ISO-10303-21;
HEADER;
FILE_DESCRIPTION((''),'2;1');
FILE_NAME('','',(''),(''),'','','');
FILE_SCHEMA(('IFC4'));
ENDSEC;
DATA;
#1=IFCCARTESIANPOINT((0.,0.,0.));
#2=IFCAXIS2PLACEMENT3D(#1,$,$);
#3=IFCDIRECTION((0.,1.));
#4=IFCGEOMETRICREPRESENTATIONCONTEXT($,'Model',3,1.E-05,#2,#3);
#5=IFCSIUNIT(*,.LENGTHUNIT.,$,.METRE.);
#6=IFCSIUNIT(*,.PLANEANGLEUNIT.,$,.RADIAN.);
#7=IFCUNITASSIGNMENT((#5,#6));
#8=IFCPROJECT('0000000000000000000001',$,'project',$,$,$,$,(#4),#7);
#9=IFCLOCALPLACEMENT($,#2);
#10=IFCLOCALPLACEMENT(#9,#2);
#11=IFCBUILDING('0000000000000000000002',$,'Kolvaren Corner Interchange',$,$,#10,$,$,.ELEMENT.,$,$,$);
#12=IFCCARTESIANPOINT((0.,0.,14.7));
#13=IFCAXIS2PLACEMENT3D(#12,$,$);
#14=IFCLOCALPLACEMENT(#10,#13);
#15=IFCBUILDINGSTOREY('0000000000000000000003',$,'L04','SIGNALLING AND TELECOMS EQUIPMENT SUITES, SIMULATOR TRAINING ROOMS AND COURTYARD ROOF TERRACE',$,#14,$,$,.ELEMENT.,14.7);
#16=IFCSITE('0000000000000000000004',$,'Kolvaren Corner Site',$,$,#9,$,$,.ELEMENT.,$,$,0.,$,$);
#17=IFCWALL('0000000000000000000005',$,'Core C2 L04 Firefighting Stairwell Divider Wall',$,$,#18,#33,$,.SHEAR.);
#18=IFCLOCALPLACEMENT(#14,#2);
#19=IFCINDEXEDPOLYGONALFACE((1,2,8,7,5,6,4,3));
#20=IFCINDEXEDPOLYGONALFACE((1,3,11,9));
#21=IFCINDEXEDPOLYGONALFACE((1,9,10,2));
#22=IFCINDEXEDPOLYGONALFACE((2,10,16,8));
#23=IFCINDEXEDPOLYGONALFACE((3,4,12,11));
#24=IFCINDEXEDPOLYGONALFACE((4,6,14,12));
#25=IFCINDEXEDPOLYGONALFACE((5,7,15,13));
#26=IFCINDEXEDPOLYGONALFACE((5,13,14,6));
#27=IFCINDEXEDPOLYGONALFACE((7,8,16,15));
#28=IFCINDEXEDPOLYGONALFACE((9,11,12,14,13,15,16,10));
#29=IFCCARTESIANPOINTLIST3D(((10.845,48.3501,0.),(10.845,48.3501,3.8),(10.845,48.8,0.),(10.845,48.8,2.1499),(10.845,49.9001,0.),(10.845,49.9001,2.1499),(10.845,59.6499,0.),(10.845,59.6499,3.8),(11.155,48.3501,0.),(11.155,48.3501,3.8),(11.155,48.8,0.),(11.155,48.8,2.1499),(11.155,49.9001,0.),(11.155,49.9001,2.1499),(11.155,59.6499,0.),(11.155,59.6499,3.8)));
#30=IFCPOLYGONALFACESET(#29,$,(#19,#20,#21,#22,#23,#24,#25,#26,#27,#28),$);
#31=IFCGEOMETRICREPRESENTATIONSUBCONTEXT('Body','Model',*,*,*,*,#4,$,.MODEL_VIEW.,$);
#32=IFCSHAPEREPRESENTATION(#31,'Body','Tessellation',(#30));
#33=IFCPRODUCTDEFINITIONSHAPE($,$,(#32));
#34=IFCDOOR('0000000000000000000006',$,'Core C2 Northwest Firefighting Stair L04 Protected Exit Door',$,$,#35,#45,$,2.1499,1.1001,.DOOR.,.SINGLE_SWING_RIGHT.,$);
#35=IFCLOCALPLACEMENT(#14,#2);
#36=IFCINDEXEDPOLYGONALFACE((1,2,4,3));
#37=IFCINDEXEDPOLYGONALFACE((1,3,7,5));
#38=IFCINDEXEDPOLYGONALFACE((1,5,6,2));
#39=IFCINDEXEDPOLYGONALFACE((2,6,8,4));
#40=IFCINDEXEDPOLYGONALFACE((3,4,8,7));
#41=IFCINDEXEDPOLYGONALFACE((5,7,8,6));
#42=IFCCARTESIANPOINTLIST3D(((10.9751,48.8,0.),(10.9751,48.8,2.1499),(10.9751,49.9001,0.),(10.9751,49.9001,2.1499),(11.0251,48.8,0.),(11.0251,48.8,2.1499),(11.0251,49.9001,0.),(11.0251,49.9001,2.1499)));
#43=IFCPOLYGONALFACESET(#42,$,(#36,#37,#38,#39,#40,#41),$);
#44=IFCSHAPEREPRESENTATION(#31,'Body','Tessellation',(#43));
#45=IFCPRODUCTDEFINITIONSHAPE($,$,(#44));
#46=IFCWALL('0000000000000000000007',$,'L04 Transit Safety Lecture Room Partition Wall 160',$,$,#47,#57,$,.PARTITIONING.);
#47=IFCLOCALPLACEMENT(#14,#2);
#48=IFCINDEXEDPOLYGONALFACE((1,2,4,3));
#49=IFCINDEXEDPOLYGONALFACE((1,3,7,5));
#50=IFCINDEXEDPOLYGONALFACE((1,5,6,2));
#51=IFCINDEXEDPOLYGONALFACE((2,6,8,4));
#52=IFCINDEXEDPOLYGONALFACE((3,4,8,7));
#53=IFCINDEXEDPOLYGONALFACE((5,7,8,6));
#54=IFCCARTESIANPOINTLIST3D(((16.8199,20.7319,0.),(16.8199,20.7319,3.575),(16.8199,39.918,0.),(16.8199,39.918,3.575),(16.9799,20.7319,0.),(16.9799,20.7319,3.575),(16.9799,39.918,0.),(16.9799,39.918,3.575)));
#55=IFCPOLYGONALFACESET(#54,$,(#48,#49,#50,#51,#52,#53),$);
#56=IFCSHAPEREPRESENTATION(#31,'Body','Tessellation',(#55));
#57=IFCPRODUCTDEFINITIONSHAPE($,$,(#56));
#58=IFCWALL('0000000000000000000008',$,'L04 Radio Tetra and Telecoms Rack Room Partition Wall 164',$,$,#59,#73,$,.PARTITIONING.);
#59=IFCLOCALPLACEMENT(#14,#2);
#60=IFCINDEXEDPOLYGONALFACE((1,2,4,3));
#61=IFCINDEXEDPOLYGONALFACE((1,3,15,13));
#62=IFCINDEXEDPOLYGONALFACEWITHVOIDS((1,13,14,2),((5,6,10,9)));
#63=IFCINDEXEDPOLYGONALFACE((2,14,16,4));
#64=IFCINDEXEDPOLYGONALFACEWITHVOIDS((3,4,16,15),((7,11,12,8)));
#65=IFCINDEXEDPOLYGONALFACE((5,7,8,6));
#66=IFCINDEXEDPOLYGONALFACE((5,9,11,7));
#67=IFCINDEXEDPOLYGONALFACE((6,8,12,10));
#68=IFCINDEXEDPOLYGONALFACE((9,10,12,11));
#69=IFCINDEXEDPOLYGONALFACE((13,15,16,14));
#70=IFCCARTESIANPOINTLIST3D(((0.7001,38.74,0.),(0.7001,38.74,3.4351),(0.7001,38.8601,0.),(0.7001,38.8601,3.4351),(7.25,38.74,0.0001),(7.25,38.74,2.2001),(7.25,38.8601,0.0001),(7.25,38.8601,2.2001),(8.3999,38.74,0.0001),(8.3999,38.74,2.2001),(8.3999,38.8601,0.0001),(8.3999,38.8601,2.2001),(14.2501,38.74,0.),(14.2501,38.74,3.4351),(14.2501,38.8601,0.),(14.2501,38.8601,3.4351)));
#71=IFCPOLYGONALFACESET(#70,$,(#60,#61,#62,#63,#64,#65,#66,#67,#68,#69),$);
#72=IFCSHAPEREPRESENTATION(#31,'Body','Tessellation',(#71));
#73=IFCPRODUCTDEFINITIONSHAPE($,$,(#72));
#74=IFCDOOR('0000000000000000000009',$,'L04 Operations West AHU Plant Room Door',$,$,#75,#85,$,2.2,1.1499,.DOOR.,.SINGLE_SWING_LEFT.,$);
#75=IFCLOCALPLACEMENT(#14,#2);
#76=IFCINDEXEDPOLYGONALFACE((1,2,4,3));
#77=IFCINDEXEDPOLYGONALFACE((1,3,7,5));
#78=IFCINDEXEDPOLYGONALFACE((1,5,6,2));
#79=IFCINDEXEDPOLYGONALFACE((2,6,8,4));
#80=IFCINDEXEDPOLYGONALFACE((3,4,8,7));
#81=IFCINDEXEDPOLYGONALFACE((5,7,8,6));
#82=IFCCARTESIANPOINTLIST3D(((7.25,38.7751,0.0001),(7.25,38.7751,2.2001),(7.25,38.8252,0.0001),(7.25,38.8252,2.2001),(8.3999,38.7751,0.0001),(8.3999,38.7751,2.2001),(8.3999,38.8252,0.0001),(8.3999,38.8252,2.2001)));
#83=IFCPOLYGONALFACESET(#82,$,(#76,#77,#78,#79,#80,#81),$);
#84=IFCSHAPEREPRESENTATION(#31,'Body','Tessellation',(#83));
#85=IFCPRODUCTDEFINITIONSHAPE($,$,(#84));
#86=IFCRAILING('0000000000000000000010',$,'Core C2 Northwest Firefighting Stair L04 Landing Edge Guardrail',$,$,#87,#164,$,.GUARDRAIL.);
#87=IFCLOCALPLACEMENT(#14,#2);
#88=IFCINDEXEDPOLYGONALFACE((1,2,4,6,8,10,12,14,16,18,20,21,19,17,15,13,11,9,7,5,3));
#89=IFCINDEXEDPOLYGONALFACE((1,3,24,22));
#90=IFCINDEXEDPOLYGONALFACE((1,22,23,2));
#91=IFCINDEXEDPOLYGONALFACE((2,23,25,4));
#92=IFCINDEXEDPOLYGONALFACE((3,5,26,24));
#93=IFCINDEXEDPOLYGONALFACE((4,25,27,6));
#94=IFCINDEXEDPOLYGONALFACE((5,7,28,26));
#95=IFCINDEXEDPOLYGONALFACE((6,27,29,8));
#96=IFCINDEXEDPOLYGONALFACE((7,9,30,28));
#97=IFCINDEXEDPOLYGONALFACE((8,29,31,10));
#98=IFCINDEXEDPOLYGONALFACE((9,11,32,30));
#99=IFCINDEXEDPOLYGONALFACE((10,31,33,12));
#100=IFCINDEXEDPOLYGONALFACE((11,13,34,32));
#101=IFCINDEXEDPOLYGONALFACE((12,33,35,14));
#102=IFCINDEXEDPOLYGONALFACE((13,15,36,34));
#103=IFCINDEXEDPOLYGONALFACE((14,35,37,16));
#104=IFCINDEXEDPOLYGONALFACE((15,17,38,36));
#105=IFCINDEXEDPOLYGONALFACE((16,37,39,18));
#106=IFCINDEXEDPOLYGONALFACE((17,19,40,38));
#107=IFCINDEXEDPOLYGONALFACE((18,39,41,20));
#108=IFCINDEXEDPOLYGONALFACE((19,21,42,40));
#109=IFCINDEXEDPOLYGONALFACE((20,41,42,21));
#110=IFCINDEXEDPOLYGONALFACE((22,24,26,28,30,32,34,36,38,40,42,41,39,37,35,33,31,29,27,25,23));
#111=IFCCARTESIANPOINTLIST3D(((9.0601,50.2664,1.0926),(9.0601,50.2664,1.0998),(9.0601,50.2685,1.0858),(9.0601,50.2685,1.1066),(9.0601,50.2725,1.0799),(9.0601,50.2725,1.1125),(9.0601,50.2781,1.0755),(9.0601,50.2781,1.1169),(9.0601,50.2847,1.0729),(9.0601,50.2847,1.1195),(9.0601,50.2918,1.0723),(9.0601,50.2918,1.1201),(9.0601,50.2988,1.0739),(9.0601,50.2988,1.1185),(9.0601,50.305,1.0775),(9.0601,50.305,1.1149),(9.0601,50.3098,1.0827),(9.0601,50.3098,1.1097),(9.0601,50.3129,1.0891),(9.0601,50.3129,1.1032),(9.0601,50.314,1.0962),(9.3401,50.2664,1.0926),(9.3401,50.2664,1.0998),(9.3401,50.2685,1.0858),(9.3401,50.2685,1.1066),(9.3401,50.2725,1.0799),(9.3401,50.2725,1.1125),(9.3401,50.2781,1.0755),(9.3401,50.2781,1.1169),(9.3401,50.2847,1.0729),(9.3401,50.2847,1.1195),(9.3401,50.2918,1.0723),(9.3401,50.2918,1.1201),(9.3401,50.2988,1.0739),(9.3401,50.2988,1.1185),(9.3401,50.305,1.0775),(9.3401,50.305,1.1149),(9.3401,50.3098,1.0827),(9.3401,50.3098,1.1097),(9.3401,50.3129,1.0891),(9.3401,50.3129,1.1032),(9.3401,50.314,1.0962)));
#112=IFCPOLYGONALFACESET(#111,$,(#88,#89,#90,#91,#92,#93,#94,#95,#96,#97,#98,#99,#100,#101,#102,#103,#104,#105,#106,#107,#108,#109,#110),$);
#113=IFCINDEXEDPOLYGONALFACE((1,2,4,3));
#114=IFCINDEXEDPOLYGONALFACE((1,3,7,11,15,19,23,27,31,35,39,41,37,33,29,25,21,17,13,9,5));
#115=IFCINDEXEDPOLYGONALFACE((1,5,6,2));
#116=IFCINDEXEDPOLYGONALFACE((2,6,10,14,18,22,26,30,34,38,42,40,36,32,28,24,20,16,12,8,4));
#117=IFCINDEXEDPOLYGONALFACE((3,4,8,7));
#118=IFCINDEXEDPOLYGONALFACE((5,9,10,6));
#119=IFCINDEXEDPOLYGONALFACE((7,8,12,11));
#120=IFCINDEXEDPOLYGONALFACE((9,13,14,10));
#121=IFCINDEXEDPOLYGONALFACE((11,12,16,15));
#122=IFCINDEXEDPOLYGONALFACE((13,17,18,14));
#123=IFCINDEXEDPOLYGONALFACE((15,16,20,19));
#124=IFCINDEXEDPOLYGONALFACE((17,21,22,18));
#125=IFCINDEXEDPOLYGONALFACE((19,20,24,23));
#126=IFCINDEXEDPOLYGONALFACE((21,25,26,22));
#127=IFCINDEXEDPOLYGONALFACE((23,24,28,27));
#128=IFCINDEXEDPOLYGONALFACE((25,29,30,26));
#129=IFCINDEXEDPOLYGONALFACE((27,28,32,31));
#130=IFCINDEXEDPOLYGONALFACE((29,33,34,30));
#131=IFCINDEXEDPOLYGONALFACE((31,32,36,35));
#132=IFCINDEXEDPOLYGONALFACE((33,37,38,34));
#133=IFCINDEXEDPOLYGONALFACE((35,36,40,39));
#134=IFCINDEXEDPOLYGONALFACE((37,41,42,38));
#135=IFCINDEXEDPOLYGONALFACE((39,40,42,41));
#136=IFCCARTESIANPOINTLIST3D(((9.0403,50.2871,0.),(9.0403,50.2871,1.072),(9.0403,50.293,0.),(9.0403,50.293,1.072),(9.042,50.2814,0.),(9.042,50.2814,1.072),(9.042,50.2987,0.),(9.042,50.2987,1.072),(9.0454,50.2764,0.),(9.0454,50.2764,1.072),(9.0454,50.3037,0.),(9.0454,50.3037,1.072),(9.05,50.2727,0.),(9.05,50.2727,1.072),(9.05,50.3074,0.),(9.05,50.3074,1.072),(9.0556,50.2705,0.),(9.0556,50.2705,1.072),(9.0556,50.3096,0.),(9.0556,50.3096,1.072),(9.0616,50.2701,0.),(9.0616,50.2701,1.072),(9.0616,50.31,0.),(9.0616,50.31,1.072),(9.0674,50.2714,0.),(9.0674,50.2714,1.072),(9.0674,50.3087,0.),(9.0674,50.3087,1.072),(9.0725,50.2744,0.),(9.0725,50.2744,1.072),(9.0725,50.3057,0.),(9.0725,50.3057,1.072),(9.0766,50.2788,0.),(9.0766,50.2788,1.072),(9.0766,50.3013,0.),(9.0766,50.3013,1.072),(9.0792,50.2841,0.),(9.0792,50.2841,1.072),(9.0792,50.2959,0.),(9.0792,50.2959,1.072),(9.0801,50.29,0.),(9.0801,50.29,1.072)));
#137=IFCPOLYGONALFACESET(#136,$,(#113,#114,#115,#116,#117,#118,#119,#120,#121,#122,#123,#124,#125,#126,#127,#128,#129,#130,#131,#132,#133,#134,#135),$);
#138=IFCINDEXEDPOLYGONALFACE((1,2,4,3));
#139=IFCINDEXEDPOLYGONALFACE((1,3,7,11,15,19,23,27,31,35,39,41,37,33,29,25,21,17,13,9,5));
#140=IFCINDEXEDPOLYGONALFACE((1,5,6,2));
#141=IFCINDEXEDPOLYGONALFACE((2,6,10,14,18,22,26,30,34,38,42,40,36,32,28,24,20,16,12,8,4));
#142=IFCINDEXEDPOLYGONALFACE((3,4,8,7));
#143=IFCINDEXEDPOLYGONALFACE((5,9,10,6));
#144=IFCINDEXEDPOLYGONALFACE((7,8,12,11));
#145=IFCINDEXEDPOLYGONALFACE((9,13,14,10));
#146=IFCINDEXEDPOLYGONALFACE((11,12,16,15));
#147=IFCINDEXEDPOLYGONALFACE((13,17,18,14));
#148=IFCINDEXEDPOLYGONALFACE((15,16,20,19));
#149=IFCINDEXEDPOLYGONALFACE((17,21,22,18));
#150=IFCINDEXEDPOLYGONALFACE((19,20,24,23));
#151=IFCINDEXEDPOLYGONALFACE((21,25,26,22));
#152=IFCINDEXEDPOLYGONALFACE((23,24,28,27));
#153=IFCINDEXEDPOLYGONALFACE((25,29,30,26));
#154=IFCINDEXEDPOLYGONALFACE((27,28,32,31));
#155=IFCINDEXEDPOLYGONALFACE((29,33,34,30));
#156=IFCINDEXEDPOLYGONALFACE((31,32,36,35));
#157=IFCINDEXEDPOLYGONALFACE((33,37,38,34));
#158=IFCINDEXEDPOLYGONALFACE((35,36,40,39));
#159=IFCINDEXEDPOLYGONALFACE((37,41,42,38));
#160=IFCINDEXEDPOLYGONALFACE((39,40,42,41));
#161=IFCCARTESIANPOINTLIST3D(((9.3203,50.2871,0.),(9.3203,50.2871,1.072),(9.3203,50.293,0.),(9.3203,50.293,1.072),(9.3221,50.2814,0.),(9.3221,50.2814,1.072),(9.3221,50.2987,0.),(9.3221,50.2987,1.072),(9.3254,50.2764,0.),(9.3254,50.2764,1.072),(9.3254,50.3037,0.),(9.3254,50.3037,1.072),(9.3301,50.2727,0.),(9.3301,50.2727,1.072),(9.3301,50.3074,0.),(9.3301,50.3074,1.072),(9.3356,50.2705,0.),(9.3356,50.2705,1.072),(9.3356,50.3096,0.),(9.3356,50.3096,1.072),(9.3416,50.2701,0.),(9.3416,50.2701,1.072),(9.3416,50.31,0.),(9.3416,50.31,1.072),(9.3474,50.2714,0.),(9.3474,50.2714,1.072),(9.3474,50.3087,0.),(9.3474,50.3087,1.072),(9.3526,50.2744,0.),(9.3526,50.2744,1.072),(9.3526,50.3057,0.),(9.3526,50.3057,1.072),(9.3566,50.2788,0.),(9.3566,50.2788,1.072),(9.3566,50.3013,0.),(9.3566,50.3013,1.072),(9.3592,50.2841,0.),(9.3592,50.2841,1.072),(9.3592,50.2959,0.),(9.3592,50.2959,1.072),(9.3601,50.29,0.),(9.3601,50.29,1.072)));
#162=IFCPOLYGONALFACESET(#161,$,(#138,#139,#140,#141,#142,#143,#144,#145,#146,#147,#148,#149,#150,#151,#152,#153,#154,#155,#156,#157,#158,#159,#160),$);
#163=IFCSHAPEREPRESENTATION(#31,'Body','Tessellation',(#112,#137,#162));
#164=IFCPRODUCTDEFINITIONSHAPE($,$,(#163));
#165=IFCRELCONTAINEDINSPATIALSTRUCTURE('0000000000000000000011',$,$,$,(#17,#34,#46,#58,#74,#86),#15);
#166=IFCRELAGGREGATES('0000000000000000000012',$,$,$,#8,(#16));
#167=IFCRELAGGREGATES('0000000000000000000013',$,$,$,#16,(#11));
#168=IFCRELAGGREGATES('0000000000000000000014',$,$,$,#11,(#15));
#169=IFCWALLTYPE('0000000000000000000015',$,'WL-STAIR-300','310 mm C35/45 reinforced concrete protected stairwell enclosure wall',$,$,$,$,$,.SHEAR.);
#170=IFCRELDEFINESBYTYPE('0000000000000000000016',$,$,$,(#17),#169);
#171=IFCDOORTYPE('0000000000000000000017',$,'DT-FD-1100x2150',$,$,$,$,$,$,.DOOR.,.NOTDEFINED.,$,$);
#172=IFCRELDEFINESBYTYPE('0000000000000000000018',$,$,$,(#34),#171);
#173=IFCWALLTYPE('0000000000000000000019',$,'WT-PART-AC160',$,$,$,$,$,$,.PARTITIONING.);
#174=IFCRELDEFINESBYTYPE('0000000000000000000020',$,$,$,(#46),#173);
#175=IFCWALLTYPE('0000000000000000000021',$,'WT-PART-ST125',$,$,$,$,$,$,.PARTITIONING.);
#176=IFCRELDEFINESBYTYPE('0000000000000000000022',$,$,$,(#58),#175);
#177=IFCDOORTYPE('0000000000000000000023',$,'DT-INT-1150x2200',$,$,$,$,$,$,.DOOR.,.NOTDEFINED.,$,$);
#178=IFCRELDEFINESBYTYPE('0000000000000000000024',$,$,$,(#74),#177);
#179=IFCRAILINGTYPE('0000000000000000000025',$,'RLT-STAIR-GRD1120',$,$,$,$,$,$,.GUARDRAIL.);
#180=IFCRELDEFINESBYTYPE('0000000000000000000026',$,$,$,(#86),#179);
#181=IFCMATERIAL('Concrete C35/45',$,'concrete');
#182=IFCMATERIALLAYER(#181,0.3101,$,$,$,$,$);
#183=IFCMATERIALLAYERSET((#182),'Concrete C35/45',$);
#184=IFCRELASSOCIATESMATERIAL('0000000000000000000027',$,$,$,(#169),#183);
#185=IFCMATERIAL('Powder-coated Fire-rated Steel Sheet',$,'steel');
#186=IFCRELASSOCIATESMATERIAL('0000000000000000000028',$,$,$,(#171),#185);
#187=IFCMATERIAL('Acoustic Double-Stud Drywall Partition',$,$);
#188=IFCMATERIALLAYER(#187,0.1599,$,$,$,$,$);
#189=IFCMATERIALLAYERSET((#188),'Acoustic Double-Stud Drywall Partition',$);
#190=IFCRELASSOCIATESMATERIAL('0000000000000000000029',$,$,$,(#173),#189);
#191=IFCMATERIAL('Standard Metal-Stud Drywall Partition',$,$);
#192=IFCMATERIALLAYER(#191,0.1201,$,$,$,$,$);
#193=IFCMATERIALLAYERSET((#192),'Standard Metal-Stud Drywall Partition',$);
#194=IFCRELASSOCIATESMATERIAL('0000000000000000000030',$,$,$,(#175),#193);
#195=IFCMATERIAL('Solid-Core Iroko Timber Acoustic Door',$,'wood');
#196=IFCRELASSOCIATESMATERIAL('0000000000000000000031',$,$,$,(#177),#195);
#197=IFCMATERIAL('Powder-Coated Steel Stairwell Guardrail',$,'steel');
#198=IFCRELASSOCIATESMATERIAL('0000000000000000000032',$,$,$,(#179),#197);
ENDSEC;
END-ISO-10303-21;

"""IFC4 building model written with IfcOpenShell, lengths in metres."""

from ifc_helpers import new_model, si_unit, direction, frame, frame_2d, origin, origin_2d, place, context, subcontext, project, spatial, rectangle, circle, extrude, material, layer, layer_set, type_object, element, fill, save


model = new_model("IFC4")

# Units and contexts
model_context = context("Model", 3, precision=1e-05, world=origin(), true_north=direction((0.0, 1.0)))
body_context = subcontext(model_context, "Body", "Model", "MODEL_VIEW")
ifc_project = project(units=[si_unit("LENGTHUNIT", "METRE"), si_unit("PLANEANGLEUNIT", "RADIAN")], contexts=[model_context])

# Site, building, storey
site_placement = place(None, origin())
site = spatial("IfcSite", under=ifc_project, at=site_placement, Name="Kolvaren Corner Site", CompositionType="ELEMENT", RefElevation=0.0)
building_placement = place(site_placement, origin())
building = spatial("IfcBuilding", under=site, at=building_placement, Name="Kolvaren Corner Interchange", CompositionType="ELEMENT")
storey_placement = place(building_placement, frame((0.0, 0.0, 14.7)))
storey = spatial("IfcBuildingStorey", under=building, at=storey_placement, Name="L04", Description="SIGNALLING AND TELECOMS EQUIPMENT SUITES, SIMULATOR TRAINING ROOMS AND COURTYARD ROOF TERRACE", CompositionType="ELEMENT", Elevation=14.7)

# Wall, opening, door
ifc_material_1 = material(Name="Concrete C35/45", Category="concrete")
ifc_layer_1 = layer(ifc_material_1, 0.3101)
ifc_layer_set_1 = layer_set([ifc_layer_1], Name="Concrete C35/45")
wall_type_1 = type_object("IfcWallType", Name="WL-STAIR-300", Description="310 mm C35/45 reinforced concrete protected stairwell enclosure wall", PredefinedType="SHEAR", material=ifc_layer_set_1)
wall_1_placement = place(storey_placement, frame((11.0, 48.3501, 0.0), z_axis=(0.0, 0.0, 1.0), x_axis=(0.0, 1.0, 0.0)))
wall_1 = element("IfcWall", 1, at=wall_1_placement, inside=storey, type_object=wall_type_1, Name="Core C2 L04 Firefighting Stairwell Divider Wall", PredefinedType="SHEAR", context=body_context, shape_type="SweptSolid", body=[
    extrude(rectangle(XDim=11.2998, YDim=0.3101, at=frame_2d((5.6499, 0.0))), origin(), (0.0, 0.0, 1.0), 3.8),
])
opening_1_placement = place(wall_1_placement, frame((0.45, 0.0, 0.0)))
opening_1 = element("IfcOpeningElement", 2, at=opening_1_placement, cuts=wall_1, PredefinedType="OPENING", context=body_context, shape_type="SweptSolid", body=[
    extrude(rectangle(XDim=1.1001, YDim=2.1499, at=frame_2d((0.55, 1.075))), frame((0.0, 0.165, 0.0), z_axis=(0.0, -1.0, 0.0), x_axis=(1.0, 0.0, 0.0)), (0.0, 0.0, 1.0), 0.3301),
])
ifc_material_2 = material(Name="Powder-coated Fire-rated Steel Sheet", Category="steel")
door_type_1 = type_object("IfcDoorType", Name="DT-FD-1100x2150", OperationType="NOTDEFINED", PredefinedType="DOOR", material=ifc_material_2)
door_1_placement = place(opening_1_placement, origin())
door_1 = element("IfcDoor", 3, at=door_1_placement, inside=storey, type_object=door_type_1, Name="Core C2 Northwest Firefighting Stair L04 Protected Exit Door", OperationType="SINGLE_SWING_RIGHT", OverallHeight=2.1499, OverallWidth=1.1001, PredefinedType="DOOR", context=body_context, shape_type="SweptSolid", body=[
    extrude(rectangle(XDim=1.1001, YDim=2.1499, at=frame_2d((0.55, 1.075))), frame((0.0, 0.0249, 0.0), z_axis=(0.0, -1.0, 0.0), x_axis=(1.0, 0.0, 0.0)), (0.0, 0.0, 1.0), 0.05),
])
fill(opening_1, door_1)

# Wall
ifc_material_3 = material(Name="Acoustic Double-Stud Drywall Partition")
ifc_layer_2 = layer(ifc_material_3, 0.1599)
ifc_layer_set_2 = layer_set([ifc_layer_2], Name="Acoustic Double-Stud Drywall Partition")
wall_type_2 = type_object("IfcWallType", Name="WT-PART-AC160", PredefinedType="PARTITIONING", material=ifc_layer_set_2)
wall_2_placement = place(storey_placement, frame((16.8999, 39.918, 0.0), z_axis=(0.0, 0.0, 1.0), x_axis=(0.0, -1.0, 0.0)))
element("IfcWall", 4, at=wall_2_placement, inside=storey, type_object=wall_type_2, Name="L04 Transit Safety Lecture Room Partition Wall 160", PredefinedType="PARTITIONING", context=body_context, shape_type="SweptSolid", body=[
    extrude(rectangle(XDim=19.186, YDim=0.1599, at=frame_2d((9.593, 0.0))), origin(), (0.0, 0.0, 1.0), 3.575),
])

# Wall, opening, door
ifc_material_4 = material(Name="Standard Metal-Stud Drywall Partition")
ifc_layer_3 = layer(ifc_material_4, 0.1201)
ifc_layer_set_3 = layer_set([ifc_layer_3], Name="Standard Metal-Stud Drywall Partition")
wall_type_3 = type_object("IfcWallType", Name="WT-PART-ST125", PredefinedType="PARTITIONING", material=ifc_layer_set_3)
wall_3_placement = place(storey_placement, frame((14.25, 38.8, 0.0), z_axis=(0.0, 0.0, 1.0), x_axis=(-1.0, 0.0, 0.0)))
wall_3 = element("IfcWall", 5, at=wall_3_placement, inside=storey, type_object=wall_type_3, Name="L04 Radio Tetra and Telecoms Rack Room Partition Wall 164", PredefinedType="PARTITIONING", context=body_context, shape_type="SweptSolid", body=[
    extrude(rectangle(XDim=13.55, YDim=0.1201, at=frame_2d((6.7749, 0.0))), origin(), (0.0, 0.0, 1.0), 3.4351),
])
opening_2_placement = place(wall_3_placement, frame((5.8501, 0.0, 0.0)))
opening_2 = element("IfcOpeningElement", 6, at=opening_2_placement, cuts=wall_3, PredefinedType="OPENING", context=body_context, shape_type="SweptSolid", body=[
    extrude(rectangle(XDim=1.1499, YDim=2.2, at=frame_2d((0.575, 1.1001))), frame((0.0, 0.0701, 0.0), z_axis=(0.0, -1.0, 0.0), x_axis=(1.0, 0.0, 0.0)), (0.0, 0.0, 1.0), 0.1401),
])
ifc_material_5 = material(Name="Solid-Core Iroko Timber Acoustic Door", Category="wood")
door_type_2 = type_object("IfcDoorType", Name="DT-INT-1150x2200", OperationType="NOTDEFINED", PredefinedType="DOOR", material=ifc_material_5)
door_2_placement = place(opening_2_placement, origin())
door_2 = element("IfcDoor", 7, at=door_2_placement, inside=storey, type_object=door_type_2, Name="L04 Operations West AHU Plant Room Door", OperationType="SINGLE_SWING_LEFT", OverallHeight=2.2, OverallWidth=1.1499, PredefinedType="DOOR", context=body_context, shape_type="SweptSolid", body=[
    extrude(rectangle(XDim=1.1499, YDim=2.2, at=frame_2d((0.575, 1.1001))), frame((0.0, 0.0249, 0.0), z_axis=(0.0, -1.0, 0.0), x_axis=(1.0, 0.0, 0.0)), (0.0, 0.0, 1.0), 0.05),
])
fill(opening_2, door_2)

# Railing
ifc_material_6 = material(Name="Powder-Coated Steel Stairwell Guardrail", Category="steel")
railing_type = type_object("IfcRailingType", Name="RLT-STAIR-GRD1120", PredefinedType="GUARDRAIL", material=ifc_material_6)
railing_placement = place(storey_placement, frame((9.0601, 50.29, 0.0)))
element("IfcRailing", 8, at=railing_placement, inside=storey, type_object=railing_type, Name="Core C2 Northwest Firefighting Stair L04 Landing Edge Guardrail", PredefinedType="GUARDRAIL", context=body_context, shape_type="SweptSolid", body=[
    extrude(circle(Radius=0.0239, at=origin_2d()), frame((0.0, 0.0, 1.0962), z_axis=(1.0, 0.0, 0.0), x_axis=(0.0, 1.0, 0.0)), (0.0, 0.0, 1.0), 0.28),
    extrude(circle(Radius=0.02, at=origin_2d()), origin(), (0.0, 0.0, 1.0), 1.072),
    extrude(circle(Radius=0.02, at=origin_2d()), frame((0.28, 0.0, 0.0)), (0.0, 0.0, 1.0), 1.072),
])

save(model, "model.ifc")
